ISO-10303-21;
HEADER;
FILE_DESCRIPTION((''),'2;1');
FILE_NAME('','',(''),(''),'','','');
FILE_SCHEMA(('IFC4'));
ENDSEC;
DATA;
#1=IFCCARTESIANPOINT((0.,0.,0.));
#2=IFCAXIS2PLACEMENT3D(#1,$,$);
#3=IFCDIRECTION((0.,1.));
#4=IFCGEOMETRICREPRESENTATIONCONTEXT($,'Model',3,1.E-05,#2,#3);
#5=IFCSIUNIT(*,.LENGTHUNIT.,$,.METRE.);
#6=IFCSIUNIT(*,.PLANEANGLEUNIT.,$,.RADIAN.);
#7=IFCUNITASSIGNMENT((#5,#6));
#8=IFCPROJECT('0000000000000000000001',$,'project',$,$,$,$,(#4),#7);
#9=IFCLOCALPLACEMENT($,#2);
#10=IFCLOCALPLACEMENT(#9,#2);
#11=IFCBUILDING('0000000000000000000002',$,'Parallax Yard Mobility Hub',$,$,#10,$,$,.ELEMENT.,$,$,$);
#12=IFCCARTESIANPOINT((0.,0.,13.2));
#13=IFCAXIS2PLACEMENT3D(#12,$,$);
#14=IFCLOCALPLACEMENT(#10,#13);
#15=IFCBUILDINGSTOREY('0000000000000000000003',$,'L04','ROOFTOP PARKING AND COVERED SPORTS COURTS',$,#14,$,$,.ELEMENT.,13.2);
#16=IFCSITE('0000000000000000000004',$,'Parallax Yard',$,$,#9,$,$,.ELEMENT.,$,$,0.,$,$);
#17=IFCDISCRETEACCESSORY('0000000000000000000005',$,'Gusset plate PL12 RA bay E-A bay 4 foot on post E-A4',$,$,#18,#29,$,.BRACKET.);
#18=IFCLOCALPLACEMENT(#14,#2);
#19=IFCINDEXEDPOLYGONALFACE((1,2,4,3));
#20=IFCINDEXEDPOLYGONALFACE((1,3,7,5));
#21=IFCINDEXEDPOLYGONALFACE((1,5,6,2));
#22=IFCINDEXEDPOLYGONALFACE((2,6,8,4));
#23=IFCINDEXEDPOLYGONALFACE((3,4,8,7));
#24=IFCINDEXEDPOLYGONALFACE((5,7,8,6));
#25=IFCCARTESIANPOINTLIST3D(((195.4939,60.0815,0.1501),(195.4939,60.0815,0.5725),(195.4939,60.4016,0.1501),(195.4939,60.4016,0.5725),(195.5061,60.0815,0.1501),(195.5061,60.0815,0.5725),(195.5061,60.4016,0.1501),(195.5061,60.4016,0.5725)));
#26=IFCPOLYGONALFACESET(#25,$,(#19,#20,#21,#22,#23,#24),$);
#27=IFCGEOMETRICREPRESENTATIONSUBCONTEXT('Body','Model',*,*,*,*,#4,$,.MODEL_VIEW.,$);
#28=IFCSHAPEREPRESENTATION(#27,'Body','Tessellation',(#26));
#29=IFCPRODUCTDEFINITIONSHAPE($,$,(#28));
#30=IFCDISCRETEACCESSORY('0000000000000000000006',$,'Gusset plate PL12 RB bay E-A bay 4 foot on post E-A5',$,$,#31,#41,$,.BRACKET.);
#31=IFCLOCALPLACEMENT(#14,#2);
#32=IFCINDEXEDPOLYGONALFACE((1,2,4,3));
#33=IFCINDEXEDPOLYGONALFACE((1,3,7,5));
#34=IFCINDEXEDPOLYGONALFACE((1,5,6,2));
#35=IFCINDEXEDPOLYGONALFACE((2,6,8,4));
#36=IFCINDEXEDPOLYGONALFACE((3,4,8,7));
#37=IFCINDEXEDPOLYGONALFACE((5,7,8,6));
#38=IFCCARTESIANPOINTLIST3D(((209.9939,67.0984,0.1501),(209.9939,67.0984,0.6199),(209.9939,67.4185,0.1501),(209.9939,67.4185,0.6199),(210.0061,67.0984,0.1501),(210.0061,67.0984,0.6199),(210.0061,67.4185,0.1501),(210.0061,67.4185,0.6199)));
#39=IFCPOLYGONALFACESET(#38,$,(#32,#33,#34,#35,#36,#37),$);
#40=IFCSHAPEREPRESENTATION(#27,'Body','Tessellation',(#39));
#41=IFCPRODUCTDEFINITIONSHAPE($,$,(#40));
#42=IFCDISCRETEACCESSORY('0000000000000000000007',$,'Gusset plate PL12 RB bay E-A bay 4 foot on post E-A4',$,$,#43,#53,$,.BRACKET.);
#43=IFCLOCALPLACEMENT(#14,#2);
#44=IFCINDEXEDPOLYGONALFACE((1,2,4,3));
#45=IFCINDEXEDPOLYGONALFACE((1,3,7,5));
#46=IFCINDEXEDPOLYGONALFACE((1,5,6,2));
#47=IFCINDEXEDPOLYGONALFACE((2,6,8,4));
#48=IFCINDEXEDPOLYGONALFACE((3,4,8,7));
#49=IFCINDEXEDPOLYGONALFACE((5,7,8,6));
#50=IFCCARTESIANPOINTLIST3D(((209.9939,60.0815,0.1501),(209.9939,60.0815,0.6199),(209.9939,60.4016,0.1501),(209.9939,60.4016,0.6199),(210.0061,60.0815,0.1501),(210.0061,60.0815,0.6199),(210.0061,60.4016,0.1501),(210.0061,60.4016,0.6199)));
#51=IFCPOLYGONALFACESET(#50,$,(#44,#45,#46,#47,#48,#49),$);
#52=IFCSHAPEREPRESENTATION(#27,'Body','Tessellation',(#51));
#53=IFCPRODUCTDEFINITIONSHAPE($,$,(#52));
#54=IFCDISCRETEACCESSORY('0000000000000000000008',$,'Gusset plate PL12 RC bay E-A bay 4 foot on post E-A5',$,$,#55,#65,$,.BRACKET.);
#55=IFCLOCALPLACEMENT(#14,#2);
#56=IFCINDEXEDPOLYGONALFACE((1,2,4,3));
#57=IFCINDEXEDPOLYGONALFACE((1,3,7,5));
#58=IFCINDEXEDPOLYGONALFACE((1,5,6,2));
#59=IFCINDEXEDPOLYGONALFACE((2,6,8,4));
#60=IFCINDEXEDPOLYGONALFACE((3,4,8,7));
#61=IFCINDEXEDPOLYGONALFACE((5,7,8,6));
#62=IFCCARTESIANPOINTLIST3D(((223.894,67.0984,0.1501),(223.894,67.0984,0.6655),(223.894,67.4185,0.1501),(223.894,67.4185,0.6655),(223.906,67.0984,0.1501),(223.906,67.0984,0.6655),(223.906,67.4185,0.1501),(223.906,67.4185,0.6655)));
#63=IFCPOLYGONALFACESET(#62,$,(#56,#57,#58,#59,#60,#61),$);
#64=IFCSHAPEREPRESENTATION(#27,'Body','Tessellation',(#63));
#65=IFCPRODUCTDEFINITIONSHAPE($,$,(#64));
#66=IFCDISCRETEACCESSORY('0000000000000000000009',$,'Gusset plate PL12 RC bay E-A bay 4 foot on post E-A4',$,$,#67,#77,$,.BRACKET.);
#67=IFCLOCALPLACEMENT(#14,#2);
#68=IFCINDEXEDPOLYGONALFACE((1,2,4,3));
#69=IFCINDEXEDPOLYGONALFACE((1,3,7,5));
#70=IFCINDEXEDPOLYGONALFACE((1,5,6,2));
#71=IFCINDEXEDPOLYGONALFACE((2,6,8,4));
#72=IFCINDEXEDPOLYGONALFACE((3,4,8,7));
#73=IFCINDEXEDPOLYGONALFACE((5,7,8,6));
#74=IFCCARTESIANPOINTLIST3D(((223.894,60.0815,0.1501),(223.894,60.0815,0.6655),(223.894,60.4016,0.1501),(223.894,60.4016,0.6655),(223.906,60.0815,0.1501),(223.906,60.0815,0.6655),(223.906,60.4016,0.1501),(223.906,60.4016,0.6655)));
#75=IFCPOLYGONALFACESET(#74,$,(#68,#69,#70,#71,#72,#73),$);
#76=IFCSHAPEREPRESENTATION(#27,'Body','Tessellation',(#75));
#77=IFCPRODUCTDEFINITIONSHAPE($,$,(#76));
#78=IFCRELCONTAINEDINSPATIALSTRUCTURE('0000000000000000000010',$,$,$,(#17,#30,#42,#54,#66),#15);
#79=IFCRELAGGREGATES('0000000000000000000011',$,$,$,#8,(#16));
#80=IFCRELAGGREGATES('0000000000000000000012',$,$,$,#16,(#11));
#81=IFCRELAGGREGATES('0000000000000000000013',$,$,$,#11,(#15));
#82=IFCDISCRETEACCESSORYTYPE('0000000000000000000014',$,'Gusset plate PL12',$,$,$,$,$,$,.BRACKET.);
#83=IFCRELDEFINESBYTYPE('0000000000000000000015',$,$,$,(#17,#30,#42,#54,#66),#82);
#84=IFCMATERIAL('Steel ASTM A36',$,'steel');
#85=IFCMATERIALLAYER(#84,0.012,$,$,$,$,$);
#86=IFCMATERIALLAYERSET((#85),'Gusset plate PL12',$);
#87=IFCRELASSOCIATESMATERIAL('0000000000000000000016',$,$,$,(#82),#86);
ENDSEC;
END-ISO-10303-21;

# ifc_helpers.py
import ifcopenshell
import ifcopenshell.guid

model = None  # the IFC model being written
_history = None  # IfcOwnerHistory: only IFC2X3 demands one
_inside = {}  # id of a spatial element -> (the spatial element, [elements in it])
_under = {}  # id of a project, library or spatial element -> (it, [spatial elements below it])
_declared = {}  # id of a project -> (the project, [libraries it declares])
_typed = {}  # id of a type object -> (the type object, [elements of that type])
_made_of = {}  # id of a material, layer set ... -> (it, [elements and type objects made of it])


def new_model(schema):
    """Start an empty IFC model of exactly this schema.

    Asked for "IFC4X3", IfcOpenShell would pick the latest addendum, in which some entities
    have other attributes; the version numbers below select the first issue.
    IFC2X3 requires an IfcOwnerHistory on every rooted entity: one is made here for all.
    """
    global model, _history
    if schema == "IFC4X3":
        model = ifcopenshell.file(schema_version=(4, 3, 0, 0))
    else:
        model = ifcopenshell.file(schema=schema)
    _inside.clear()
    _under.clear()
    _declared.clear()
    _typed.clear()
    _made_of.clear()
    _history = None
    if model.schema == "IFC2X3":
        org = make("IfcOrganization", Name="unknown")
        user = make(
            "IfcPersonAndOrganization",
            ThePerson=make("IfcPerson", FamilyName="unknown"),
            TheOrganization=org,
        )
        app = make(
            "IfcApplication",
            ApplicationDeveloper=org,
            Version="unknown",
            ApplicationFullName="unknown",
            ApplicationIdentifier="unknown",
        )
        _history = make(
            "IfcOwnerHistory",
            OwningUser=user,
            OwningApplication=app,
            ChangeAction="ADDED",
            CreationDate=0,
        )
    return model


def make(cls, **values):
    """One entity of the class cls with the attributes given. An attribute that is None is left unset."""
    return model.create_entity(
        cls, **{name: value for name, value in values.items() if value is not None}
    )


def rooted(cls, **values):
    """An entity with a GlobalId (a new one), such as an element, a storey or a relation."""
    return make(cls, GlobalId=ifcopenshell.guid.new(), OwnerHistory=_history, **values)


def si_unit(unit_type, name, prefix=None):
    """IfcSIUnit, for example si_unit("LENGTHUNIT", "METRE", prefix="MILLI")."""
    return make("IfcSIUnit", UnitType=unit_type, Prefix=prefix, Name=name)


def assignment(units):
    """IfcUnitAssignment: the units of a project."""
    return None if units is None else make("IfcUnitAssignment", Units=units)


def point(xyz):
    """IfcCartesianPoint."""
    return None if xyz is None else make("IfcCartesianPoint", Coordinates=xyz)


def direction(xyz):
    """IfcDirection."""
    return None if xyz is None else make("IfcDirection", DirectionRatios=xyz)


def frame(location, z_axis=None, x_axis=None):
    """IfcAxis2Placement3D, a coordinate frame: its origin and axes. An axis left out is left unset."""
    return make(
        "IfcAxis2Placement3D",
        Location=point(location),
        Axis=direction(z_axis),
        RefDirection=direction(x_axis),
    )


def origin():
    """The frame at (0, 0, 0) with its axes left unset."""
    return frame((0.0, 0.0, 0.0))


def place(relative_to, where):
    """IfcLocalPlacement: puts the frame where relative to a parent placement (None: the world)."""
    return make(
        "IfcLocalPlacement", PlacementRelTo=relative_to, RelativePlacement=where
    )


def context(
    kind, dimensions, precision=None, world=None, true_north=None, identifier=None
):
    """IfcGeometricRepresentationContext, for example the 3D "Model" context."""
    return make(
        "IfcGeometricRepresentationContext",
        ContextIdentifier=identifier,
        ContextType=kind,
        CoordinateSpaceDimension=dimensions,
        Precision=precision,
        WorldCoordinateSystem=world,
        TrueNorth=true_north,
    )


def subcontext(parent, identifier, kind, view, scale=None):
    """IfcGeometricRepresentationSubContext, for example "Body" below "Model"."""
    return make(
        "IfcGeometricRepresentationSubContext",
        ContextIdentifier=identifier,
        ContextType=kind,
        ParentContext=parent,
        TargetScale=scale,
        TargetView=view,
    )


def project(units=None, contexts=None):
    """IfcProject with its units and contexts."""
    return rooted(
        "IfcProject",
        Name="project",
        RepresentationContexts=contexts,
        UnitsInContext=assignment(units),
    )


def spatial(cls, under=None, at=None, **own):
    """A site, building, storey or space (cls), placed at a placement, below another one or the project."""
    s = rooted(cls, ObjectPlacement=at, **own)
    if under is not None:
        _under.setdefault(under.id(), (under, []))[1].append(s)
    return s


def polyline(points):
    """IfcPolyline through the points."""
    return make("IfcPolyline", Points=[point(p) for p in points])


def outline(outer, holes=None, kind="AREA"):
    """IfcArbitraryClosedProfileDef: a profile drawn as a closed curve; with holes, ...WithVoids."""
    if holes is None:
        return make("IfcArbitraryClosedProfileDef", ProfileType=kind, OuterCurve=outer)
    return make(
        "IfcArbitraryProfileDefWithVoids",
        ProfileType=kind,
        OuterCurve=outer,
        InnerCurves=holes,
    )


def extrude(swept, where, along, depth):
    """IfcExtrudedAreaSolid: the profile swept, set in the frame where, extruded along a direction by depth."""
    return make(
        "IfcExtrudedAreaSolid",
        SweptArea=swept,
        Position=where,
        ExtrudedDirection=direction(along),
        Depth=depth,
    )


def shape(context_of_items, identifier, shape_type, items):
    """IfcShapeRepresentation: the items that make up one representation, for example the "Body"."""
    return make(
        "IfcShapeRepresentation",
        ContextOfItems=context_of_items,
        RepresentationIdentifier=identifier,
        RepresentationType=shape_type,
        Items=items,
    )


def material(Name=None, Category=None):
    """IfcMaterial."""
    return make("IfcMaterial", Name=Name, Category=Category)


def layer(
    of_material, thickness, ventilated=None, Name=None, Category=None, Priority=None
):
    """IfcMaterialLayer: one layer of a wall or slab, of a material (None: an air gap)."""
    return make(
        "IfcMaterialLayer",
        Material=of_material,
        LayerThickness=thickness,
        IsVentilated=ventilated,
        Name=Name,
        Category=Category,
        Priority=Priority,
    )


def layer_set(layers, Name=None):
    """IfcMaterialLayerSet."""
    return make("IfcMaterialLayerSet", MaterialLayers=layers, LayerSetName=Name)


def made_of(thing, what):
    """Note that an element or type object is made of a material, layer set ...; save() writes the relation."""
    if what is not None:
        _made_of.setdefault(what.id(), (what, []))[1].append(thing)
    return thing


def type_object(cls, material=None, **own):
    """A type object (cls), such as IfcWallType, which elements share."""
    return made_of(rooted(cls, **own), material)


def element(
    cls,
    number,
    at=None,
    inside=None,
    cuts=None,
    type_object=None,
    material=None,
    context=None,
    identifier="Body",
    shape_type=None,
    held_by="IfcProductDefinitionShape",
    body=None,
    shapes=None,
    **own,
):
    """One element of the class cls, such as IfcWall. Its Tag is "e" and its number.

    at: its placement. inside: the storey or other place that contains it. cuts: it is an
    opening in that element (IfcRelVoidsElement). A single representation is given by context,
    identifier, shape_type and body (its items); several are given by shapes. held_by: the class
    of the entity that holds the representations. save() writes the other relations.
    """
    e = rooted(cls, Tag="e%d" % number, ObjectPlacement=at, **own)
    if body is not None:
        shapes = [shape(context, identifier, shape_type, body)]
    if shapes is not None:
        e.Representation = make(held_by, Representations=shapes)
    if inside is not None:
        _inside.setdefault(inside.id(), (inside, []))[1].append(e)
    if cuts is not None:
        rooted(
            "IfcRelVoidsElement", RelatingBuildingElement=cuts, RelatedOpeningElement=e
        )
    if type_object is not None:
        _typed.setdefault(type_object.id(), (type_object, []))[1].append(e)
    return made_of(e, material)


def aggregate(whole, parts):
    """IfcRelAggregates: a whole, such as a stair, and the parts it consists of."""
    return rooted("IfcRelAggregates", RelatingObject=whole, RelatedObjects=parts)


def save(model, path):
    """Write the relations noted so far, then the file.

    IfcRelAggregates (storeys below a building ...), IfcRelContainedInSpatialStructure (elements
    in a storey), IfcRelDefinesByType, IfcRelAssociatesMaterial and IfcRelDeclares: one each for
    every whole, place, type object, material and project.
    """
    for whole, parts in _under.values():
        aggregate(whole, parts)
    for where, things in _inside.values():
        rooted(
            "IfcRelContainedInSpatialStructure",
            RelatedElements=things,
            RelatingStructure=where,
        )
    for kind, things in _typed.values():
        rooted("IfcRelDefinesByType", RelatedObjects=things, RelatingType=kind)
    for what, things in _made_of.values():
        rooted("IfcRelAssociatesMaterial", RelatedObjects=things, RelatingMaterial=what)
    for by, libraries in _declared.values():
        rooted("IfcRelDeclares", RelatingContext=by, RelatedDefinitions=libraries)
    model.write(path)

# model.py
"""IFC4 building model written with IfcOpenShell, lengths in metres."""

from ifc_helpers import new_model, si_unit, direction, frame, origin, place, context, subcontext, project, spatial, polyline, outline, extrude, material, layer, layer_set, type_object, element, save


model = new_model("IFC4")

# Units and contexts
model_context = context("Model", 3, precision=1e-05, world=origin(), true_north=direction((0.0, 1.0)))
body_context = subcontext(model_context, "Body", "Model", "MODEL_VIEW")
ifc_project = project(units=[si_unit("LENGTHUNIT", "METRE"), si_unit("PLANEANGLEUNIT", "RADIAN")], contexts=[model_context])

# Site, building, storey
site_placement = place(None, origin())
site = spatial("IfcSite", under=ifc_project, at=site_placement, Name="Parallax Yard", CompositionType="ELEMENT", RefElevation=0.0)
building_placement = place(site_placement, origin())
building = spatial("IfcBuilding", under=site, at=building_placement, Name="Parallax Yard Mobility Hub", CompositionType="ELEMENT")
storey_placement = place(building_placement, frame((0.0, 0.0, 13.2)))
storey = spatial("IfcBuildingStorey", under=building, at=storey_placement, Name="L04", Description="ROOFTOP PARKING AND COVERED SPORTS COURTS", CompositionType="ELEMENT", Elevation=13.2)

# Discrete accessories
ifc_material_1 = material(Name="Steel ASTM A36", Category="steel")
ifc_layer_1 = layer(ifc_material_1, 0.012)
ifc_layer_set_1 = layer_set([ifc_layer_1], Name="Gusset plate PL12")
discrete_accessory_type = type_object("IfcDiscreteAccessoryType", Name="Gusset plate PL12", PredefinedType="BRACKET", material=ifc_layer_set_1)
discrete_accessory_1_placement = place(storey_placement, frame((0.0, 0.0, 0.1501)))
element("IfcDiscreteAccessory", 1, at=discrete_accessory_1_placement, inside=storey, type_object=discrete_accessory_type, Name="Gusset plate PL12 RA bay E-A bay 4 foot on post E-A4", PredefinedType="BRACKET", context=body_context, shape_type="SweptSolid", body=[
    extrude(outline(polyline([(195.5061, 60.0815), (195.5061, 60.4016), (195.4939, 60.4016), (195.4939, 60.0815), (195.5061, 60.0815)])), origin(), (0.0, 0.0, 1.0), 0.4224),
])
discrete_accessory_2_placement = place(storey_placement, frame((0.0, 0.0, 0.1501)))
element("IfcDiscreteAccessory", 2, at=discrete_accessory_2_placement, inside=storey, type_object=discrete_accessory_type, Name="Gusset plate PL12 RB bay E-A bay 4 foot on post E-A5", PredefinedType="BRACKET", context=body_context, shape_type="SweptSolid", body=[
    extrude(outline(polyline([(209.9939, 67.4185), (209.9939, 67.0984), (210.0061, 67.0984), (210.0061, 67.4185), (209.9939, 67.4185)])), origin(), (0.0, 0.0, 1.0), 0.4697),
])
discrete_accessory_3_placement = place(storey_placement, frame((0.0, 0.0, 0.1501)))
element("IfcDiscreteAccessory", 3, at=discrete_accessory_3_placement, inside=storey, type_object=discrete_accessory_type, Name="Gusset plate PL12 RB bay E-A bay 4 foot on post E-A4", PredefinedType="BRACKET", context=body_context, shape_type="SweptSolid", body=[
    extrude(outline(polyline([(210.0061, 60.0815), (210.0061, 60.4016), (209.9939, 60.4016), (209.9939, 60.0815), (210.0061, 60.0815)])), origin(), (0.0, 0.0, 1.0), 0.4697),
])
discrete_accessory_4_placement = place(storey_placement, frame((0.0, 0.0, 0.1501)))
element("IfcDiscreteAccessory", 4, at=discrete_accessory_4_placement, inside=storey, type_object=discrete_accessory_type, Name="Gusset plate PL12 RC bay E-A bay 4 foot on post E-A5", PredefinedType="BRACKET", context=body_context, shape_type="SweptSolid", body=[
    extrude(outline(polyline([(223.894, 67.4185), (223.894, 67.0984), (223.906, 67.0984), (223.906, 67.4185), (223.894, 67.4185)])), origin(), (0.0, 0.0, 1.0), 0.5154),
])
discrete_accessory_5_placement = place(storey_placement, frame((0.0, 0.0, 0.1501)))
element("IfcDiscreteAccessory", 5, at=discrete_accessory_5_placement, inside=storey, type_object=discrete_accessory_type, Name="Gusset plate PL12 RC bay E-A bay 4 foot on post E-A4", PredefinedType="BRACKET", context=body_context, shape_type="SweptSolid", body=[
    extrude(outline(polyline([(223.906, 60.0815), (223.906, 60.4016), (223.894, 60.4016), (223.894, 60.0815), (223.906, 60.0815)])), origin(), (0.0, 0.0, 1.0), 0.5154),
])

save(model, "model.ifc")
